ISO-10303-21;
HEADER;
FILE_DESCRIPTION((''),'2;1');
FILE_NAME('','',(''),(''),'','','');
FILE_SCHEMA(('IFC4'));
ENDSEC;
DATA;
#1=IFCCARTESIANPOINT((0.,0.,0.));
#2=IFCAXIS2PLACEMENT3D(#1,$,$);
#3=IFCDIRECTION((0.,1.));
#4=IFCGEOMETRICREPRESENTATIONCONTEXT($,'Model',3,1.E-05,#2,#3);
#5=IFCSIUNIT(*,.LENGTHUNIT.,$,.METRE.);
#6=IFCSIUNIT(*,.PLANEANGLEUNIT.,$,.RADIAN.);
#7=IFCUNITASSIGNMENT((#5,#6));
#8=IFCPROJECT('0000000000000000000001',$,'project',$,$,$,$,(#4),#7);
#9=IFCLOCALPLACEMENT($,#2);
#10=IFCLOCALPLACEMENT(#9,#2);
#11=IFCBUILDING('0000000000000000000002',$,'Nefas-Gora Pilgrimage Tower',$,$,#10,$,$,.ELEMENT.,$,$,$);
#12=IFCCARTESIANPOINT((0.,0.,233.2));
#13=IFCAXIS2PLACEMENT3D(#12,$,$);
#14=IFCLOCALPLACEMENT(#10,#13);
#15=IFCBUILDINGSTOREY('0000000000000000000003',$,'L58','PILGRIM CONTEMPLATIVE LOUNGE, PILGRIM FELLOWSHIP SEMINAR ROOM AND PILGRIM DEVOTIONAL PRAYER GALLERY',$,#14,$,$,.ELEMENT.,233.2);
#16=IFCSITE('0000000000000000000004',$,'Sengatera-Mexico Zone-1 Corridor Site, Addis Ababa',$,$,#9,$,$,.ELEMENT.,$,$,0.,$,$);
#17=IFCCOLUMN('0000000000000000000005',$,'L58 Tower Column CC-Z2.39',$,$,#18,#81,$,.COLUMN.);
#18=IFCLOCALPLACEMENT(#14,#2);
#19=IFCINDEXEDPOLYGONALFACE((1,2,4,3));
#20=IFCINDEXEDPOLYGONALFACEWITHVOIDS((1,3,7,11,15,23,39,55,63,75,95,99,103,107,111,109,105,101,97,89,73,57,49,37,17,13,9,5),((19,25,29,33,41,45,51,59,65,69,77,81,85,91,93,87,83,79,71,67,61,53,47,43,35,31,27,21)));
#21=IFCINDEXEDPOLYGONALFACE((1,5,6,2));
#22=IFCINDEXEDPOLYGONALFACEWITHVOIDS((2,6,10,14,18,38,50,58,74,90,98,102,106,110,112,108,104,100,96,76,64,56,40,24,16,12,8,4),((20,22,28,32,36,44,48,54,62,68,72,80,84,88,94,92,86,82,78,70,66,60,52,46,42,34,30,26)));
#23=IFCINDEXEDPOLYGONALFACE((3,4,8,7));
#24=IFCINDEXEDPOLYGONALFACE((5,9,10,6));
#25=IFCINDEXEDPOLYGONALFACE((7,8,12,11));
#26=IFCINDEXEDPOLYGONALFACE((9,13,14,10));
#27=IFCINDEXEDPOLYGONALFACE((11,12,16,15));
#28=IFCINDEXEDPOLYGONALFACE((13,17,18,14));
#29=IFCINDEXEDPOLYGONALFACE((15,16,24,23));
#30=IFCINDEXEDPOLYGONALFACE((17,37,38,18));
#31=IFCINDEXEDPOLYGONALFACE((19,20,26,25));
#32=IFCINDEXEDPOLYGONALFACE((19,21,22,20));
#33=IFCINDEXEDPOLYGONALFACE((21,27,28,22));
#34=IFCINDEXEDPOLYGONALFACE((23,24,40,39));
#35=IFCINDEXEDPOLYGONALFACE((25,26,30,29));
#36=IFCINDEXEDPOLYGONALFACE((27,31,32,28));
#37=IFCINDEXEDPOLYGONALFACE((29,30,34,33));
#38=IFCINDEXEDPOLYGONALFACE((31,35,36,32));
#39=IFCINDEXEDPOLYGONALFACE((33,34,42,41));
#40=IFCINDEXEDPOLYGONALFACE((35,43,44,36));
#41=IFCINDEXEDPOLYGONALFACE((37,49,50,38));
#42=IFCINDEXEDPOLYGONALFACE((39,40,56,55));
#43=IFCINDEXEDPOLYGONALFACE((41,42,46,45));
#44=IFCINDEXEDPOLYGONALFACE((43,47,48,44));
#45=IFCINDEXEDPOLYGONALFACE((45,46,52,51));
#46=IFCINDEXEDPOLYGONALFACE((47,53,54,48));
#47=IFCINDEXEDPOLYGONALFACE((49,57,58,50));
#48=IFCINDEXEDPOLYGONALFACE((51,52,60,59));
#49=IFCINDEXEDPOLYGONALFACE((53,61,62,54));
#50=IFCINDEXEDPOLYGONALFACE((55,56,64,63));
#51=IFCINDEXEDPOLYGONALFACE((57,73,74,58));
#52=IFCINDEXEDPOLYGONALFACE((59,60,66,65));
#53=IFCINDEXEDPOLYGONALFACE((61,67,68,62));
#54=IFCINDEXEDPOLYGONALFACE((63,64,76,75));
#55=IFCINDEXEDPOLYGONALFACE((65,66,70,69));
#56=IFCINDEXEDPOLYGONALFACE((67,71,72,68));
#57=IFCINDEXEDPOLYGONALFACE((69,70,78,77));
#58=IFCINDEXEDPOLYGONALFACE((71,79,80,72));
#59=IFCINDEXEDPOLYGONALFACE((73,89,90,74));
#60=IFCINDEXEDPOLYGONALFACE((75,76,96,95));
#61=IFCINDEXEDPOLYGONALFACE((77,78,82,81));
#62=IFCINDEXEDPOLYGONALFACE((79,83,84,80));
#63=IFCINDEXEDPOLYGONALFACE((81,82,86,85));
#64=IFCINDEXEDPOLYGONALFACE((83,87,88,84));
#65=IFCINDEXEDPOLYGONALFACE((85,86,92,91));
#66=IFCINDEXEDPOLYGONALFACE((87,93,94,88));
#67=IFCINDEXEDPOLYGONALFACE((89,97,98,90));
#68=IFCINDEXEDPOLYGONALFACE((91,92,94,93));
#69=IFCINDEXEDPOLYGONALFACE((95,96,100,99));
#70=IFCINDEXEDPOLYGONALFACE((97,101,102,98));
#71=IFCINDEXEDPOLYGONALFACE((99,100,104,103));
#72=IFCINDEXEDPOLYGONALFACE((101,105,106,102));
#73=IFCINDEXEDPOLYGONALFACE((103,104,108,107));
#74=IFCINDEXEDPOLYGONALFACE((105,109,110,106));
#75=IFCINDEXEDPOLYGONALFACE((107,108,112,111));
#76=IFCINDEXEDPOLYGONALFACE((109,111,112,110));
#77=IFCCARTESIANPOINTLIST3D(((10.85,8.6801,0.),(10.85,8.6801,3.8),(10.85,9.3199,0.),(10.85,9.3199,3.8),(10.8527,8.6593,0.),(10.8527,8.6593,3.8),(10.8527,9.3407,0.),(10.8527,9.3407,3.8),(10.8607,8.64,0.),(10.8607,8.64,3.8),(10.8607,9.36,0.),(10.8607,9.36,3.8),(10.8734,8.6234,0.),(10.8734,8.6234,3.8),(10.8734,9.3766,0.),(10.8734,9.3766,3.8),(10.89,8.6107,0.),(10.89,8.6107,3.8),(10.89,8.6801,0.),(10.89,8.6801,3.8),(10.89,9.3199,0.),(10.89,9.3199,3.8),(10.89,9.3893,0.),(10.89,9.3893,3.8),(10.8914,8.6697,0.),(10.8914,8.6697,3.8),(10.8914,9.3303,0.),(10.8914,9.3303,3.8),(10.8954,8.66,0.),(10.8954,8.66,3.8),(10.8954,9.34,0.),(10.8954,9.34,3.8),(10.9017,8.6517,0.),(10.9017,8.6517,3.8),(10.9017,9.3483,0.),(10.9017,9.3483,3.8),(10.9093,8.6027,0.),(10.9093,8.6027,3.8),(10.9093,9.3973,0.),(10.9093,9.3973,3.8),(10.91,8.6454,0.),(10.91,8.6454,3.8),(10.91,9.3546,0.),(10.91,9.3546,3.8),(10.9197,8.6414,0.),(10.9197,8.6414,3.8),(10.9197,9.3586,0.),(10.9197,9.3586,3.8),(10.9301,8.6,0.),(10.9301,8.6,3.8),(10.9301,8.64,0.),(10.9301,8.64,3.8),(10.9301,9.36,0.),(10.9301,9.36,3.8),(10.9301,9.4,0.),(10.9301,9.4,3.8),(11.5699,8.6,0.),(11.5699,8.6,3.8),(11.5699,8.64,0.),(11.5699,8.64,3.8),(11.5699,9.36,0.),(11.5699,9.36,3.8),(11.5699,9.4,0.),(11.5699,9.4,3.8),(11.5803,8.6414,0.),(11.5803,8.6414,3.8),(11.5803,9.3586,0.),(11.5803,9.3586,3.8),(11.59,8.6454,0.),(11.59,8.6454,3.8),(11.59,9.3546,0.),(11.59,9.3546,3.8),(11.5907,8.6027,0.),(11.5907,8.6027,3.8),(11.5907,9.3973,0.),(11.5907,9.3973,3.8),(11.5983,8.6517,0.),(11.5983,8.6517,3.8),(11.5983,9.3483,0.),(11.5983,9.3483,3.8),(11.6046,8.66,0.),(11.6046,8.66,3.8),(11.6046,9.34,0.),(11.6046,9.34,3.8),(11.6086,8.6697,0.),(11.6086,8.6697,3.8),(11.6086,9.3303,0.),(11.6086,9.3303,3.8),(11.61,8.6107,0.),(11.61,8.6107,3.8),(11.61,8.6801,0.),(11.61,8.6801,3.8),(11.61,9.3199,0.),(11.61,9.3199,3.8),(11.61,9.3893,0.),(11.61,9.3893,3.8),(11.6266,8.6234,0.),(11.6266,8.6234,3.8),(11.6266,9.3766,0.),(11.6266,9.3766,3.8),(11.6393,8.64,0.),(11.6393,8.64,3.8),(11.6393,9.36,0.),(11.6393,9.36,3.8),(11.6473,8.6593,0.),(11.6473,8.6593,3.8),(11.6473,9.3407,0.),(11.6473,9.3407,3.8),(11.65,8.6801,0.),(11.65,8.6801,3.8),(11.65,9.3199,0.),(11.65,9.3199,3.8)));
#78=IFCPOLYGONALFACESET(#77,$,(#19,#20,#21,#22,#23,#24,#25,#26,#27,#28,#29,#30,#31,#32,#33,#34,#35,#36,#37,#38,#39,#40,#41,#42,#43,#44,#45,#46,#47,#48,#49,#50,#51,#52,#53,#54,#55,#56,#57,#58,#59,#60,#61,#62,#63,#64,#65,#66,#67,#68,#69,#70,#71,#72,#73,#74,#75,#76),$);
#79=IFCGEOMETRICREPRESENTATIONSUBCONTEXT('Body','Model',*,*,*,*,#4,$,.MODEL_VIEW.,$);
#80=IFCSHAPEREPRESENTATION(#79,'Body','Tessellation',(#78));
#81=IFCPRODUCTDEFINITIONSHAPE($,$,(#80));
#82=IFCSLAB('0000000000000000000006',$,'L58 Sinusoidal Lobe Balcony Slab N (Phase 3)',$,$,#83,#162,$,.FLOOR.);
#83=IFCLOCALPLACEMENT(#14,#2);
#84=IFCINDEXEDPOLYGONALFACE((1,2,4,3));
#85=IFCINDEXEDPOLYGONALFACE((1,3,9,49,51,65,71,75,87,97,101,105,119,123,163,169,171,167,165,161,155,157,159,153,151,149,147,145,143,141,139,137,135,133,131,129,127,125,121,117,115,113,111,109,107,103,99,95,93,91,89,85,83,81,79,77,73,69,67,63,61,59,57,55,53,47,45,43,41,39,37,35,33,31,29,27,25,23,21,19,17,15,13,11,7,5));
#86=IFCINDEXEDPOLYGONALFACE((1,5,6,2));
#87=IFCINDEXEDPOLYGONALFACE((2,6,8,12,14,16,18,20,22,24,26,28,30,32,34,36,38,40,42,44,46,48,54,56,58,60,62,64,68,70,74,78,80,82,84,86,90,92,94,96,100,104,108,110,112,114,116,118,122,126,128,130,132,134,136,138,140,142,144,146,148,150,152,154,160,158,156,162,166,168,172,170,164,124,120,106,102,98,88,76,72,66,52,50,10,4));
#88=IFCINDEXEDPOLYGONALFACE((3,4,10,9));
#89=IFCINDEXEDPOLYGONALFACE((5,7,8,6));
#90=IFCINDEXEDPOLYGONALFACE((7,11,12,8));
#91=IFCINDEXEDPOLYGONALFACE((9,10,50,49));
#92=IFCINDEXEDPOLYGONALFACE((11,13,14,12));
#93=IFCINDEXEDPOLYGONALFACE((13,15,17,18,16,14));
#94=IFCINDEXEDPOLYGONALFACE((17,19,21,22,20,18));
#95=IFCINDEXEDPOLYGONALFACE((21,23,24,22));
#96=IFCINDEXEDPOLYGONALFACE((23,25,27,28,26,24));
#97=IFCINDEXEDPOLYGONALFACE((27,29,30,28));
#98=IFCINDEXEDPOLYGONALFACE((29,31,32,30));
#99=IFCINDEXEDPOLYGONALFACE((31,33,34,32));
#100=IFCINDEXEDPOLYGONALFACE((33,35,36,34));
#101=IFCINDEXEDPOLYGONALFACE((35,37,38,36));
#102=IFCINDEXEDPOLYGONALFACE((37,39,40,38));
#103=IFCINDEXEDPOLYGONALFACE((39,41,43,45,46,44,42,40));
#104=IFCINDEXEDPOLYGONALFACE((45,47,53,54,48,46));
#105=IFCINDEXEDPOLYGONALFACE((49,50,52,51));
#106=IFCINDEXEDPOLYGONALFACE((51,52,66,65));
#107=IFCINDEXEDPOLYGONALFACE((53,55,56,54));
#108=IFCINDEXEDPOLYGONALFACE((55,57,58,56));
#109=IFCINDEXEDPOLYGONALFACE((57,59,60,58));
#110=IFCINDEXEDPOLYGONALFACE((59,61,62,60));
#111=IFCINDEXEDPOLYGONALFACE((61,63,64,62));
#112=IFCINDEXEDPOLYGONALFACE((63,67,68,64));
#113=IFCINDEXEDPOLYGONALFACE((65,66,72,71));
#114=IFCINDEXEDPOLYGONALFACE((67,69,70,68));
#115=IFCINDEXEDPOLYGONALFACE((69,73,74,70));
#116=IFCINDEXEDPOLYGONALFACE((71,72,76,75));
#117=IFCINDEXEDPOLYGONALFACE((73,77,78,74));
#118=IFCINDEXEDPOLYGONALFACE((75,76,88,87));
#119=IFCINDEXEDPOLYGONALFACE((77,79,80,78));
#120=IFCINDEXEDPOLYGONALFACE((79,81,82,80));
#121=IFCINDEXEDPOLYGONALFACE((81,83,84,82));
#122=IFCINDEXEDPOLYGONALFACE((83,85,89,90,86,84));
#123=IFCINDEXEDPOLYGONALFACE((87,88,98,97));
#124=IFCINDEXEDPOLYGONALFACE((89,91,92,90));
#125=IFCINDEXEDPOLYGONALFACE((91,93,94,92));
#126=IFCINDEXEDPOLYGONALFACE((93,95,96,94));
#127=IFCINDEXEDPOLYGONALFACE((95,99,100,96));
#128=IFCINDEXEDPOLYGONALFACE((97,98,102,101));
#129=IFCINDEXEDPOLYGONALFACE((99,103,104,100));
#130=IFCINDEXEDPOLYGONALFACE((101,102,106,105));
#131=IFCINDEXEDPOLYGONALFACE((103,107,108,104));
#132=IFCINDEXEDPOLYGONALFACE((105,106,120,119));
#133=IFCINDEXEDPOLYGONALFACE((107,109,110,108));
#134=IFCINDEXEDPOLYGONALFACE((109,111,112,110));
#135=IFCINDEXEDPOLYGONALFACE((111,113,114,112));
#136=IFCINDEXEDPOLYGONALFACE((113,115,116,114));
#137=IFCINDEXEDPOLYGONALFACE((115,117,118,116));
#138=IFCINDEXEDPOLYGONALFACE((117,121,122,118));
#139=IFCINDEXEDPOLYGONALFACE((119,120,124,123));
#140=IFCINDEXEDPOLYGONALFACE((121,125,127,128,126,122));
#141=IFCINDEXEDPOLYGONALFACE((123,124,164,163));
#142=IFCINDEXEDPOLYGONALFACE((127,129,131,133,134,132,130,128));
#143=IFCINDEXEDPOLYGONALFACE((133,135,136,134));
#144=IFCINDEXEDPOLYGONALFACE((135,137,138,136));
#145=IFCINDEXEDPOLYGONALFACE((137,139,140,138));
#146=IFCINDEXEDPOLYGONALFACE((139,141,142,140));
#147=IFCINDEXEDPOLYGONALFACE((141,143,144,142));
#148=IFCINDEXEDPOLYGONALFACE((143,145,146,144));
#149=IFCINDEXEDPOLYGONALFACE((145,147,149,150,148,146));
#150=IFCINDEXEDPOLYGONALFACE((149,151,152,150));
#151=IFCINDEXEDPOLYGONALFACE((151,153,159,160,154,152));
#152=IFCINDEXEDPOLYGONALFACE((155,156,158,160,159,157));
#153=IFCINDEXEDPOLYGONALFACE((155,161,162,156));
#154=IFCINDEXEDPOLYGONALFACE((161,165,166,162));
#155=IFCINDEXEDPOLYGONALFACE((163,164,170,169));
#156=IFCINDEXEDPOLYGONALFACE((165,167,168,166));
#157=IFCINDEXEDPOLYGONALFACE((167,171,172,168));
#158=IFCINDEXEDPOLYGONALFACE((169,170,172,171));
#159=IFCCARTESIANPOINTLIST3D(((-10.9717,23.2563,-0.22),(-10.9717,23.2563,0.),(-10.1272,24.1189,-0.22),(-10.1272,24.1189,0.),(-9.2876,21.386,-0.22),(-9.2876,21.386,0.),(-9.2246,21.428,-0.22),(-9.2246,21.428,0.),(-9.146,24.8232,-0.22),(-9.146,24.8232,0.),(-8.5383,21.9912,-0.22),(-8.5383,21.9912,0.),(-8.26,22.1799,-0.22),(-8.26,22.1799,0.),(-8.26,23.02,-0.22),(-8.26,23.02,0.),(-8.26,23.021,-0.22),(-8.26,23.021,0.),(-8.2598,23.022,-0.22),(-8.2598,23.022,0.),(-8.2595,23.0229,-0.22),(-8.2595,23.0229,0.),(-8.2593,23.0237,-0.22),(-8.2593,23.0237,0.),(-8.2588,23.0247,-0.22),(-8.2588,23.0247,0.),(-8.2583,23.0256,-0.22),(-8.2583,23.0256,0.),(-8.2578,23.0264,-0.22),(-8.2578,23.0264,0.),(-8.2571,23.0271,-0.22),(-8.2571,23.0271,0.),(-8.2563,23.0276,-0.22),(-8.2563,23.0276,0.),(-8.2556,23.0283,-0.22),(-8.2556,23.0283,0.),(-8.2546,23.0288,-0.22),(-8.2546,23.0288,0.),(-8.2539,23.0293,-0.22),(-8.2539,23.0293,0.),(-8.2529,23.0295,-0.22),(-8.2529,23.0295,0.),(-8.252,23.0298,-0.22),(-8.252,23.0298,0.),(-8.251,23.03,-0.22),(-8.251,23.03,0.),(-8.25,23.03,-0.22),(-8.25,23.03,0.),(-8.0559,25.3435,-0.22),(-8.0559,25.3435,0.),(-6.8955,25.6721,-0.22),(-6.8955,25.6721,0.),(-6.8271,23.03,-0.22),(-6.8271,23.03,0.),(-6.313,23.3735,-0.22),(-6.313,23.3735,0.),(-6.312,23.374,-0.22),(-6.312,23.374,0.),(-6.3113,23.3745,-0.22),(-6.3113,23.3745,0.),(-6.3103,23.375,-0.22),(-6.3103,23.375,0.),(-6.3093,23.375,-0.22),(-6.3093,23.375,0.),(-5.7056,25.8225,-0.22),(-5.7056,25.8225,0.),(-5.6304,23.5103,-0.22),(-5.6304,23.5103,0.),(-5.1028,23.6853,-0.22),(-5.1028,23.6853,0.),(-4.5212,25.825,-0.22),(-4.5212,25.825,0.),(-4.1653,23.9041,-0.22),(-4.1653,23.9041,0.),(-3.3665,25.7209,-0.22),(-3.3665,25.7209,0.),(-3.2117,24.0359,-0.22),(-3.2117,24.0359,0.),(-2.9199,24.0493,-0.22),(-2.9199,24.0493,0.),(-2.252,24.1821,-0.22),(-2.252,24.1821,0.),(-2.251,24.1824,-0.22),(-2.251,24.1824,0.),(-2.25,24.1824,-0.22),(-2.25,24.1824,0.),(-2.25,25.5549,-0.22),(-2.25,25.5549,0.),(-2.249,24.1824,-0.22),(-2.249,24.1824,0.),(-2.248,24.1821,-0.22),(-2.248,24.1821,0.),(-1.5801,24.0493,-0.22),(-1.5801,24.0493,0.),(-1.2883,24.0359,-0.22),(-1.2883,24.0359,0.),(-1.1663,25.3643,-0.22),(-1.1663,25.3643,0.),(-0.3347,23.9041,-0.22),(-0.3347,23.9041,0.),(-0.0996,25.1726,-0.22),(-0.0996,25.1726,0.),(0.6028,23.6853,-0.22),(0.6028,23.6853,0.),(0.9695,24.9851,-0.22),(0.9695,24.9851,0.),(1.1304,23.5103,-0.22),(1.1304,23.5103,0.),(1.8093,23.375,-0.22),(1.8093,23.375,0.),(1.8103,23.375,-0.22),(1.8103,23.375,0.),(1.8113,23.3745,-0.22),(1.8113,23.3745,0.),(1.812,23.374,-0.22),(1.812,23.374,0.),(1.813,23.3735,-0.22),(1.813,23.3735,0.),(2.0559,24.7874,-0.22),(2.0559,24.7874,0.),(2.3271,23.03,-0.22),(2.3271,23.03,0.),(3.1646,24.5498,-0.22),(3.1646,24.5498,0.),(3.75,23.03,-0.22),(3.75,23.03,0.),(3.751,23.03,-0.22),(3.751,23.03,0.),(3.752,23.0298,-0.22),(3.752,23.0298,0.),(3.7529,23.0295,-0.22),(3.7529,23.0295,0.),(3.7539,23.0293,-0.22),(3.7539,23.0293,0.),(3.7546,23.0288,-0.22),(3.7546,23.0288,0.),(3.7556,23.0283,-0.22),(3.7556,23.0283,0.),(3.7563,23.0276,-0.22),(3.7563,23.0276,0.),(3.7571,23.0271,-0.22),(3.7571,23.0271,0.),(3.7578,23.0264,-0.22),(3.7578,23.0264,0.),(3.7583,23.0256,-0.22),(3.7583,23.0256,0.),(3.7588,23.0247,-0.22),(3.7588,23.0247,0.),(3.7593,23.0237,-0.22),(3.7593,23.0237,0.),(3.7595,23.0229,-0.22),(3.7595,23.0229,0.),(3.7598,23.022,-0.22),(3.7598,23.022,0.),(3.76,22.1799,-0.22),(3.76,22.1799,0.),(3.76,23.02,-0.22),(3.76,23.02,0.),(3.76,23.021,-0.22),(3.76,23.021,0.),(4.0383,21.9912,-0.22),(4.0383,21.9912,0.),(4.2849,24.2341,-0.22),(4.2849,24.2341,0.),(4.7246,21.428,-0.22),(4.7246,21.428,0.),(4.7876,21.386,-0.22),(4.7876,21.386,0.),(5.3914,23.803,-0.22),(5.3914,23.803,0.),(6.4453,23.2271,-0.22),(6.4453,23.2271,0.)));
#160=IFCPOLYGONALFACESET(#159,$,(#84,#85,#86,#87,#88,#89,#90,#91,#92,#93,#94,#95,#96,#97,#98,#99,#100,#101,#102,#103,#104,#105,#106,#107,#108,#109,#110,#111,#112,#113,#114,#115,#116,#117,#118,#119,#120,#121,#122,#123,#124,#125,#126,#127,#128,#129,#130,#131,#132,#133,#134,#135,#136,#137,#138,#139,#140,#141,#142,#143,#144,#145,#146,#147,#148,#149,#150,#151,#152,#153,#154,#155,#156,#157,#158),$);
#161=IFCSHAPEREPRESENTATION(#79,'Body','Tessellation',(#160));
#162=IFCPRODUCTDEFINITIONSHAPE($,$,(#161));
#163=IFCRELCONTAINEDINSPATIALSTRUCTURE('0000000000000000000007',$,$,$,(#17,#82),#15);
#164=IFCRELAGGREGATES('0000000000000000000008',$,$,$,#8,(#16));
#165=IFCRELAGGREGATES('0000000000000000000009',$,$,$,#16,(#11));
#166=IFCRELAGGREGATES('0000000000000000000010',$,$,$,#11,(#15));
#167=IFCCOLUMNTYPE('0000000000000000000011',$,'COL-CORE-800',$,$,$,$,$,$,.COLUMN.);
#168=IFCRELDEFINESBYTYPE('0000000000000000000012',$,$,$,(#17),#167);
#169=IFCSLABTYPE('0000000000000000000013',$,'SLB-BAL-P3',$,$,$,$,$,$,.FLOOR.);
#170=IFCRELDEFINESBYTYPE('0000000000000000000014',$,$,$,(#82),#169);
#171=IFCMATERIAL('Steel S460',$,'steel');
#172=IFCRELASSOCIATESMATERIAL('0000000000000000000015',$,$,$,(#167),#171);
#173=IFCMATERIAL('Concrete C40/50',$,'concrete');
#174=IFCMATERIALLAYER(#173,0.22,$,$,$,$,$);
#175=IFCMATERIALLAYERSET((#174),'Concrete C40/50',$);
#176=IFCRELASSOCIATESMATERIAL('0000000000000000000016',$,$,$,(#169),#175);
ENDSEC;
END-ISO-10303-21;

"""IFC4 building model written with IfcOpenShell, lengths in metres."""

from ifc_helpers import new_model, si_unit, direction, frame, origin, origin_2d, place, context, subcontext, project, spatial, polyline, hollow_rectangle, outline, extrude, source, transform, mapped, material, layer, layer_set, material_profile, profile_set, type_object, element, save


model = new_model("IFC4")

# Units and contexts
model_context = context("Model", 3, precision=1e-05, world=origin(), true_north=direction((0.0, 1.0)))
body_context = subcontext(model_context, "Body", "Model", "MODEL_VIEW")
ifc_project = project(units=[si_unit("LENGTHUNIT", "METRE"), si_unit("PLANEANGLEUNIT", "RADIAN")], contexts=[model_context])

# Site, building, storey
site_placement = place(None, origin())
site = spatial("IfcSite", under=ifc_project, at=site_placement, Name="Sengatera-Mexico Zone-1 Corridor Site, Addis Ababa", CompositionType="ELEMENT", RefElevation=0.0)
building_placement = place(site_placement, origin())
building = spatial("IfcBuilding", under=site, at=building_placement, Name="Nefas-Gora Pilgrimage Tower", CompositionType="ELEMENT")
storey_placement = place(building_placement, frame((0.0, 0.0, 233.2)))
storey = spatial("IfcBuildingStorey", under=building, at=storey_placement, Name="L58", Description="PILGRIM CONTEMPLATIVE LOUNGE, PILGRIM FELLOWSHIP SEMINAR ROOM AND PILGRIM DEVOTIONAL PRAYER GALLERY", CompositionType="ELEMENT", Elevation=233.2)

# Column
ifc_material_1 = material(Name="Steel S460", Category="steel")
ifc_material_profile = material_profile(ifc_material_1, hollow_rectangle(XDim=0.8, YDim=0.8, WallThickness=0.04, InnerFilletRadius=0.04, OuterFilletRadius=0.0801, at=origin_2d()), Name="BOX 800x800x40")
ifc_profile_set = profile_set([ifc_material_profile], Name="Steel S460")
column_type = type_object("IfcColumnType", Name="COL-CORE-800", PredefinedType="COLUMN", material=ifc_profile_set)
shared_shape_1 = source(origin(), body_context, "Body", "SweptSolid", [
    extrude(hollow_rectangle(XDim=0.8, YDim=0.8, WallThickness=0.04, InnerFilletRadius=0.04, OuterFilletRadius=0.0801, at=origin_2d()), origin(), (0.0, 0.0, 1.0), 3.8),
])
column_placement = place(storey_placement, frame((11.25, 9.0, 0.0), z_axis=(0.0, 0.0, 1.0), x_axis=(1.0, 0.0, 0.0)))
element("IfcColumn", 1, at=column_placement, inside=storey, type_object=column_type, Name="L58 Tower Column CC-Z2.39", PredefinedType="COLUMN", context=body_context, shape_type="MappedRepresentation", body=[
    mapped(shared_shape_1, transform((0.0, 0.0, 0.0), x_axis=(1.0, 0.0, 0.0), y_axis=(0.0, 1.0, 0.0), z_axis=(0.0, 0.0, 1.0), scale=1.0)),
])

# Slab
ifc_material_2 = material(Name="Concrete C40/50", Category="concrete")
ifc_layer_1 = layer(ifc_material_2, 0.22)
ifc_layer_set_1 = layer_set([ifc_layer_1], Name="Concrete C40/50")
slab_type_1 = type_object("IfcSlabType", Name="SLB-BAL-P3", PredefinedType="FLOOR", material=ifc_layer_set_1)
slab_1_placement = place(storey_placement, frame((0.0, 0.0, -0.22)))
element("IfcSlab", 2, at=slab_1_placement, inside=storey, type_object=slab_type_1, Name="L58 Sinusoidal Lobe Balcony Slab N (Phase 3)", PredefinedType="FLOOR", context=body_context, shape_type="SweptSolid", body=[
    extrude(outline(polyline([(-9.2876, 21.386), (-9.2246, 21.428), (-8.5383, 21.9912), (-8.26, 22.1799), (-8.26, 23.02), (-8.26, 23.021), (-8.2598, 23.022), (-8.2595, 23.0229), (-8.2593, 23.0237), (-8.2588, 23.0247), (-8.2583, 23.0256), (-8.2578, 23.0264), (-8.2571, 23.0271), (-8.2563, 23.0276), (-8.2556, 23.0283), (-8.2546, 23.0288), (-8.2539, 23.0293), (-8.2529, 23.0295), (-8.252, 23.0298), (-8.251, 23.03), (-8.25, 23.03), (-6.8271, 23.03), (-6.313, 23.3735), (-6.312, 23.374), (-6.3113, 23.3745), (-6.3103, 23.375), (-6.3093, 23.375), (-5.6304, 23.5103), (-5.1028, 23.6853), (-4.1653, 23.9041), (-3.2117, 24.0359), (-2.9199, 24.0493), (-2.252, 24.1821), (-2.251, 24.1824), (-2.25, 24.1824), (-2.249, 24.1824), (-2.248, 24.1821), (-1.5801, 24.0493), (-1.2883, 24.0359), (-0.3347, 23.9041), (0.6028, 23.6853), (1.1304, 23.5103), (1.8093, 23.375), (1.8103, 23.375), (1.8113, 23.3745), (1.812, 23.374), (1.813, 23.3735), (2.3271, 23.03), (3.75, 23.03), (3.751, 23.03), (3.752, 23.0298), (3.7529, 23.0295), (3.7539, 23.0293), (3.7546, 23.0288), (3.7556, 23.0283), (3.7563, 23.0276), (3.7571, 23.0271), (3.7578, 23.0264), (3.7583, 23.0256), (3.7588, 23.0247), (3.7593, 23.0237), (3.7595, 23.0229), (3.7598, 23.022), (3.76, 23.021), (3.76, 23.02), (3.76, 22.1799), (4.0383, 21.9912), (4.7246, 21.428), (4.7876, 21.386), (6.4453, 23.2271), (5.3914, 23.803), (4.2849, 24.2341), (3.1646, 24.5498), (2.0559, 24.7874), (0.9695, 24.9851), (-0.0996, 25.1726), (-1.1663, 25.3643), (-2.25, 25.5549), (-3.3665, 25.7209), (-4.5212, 25.825), (-5.7056, 25.8225), (-6.8955, 25.6721), (-8.0559, 25.3435), (-9.146, 24.8232), (-10.1272, 24.1189), (-10.9717, 23.2563), (-9.2876, 21.386)])), origin(), (0.0, 0.0, 1.0), 0.22),
])

save(model, "model.ifc")
